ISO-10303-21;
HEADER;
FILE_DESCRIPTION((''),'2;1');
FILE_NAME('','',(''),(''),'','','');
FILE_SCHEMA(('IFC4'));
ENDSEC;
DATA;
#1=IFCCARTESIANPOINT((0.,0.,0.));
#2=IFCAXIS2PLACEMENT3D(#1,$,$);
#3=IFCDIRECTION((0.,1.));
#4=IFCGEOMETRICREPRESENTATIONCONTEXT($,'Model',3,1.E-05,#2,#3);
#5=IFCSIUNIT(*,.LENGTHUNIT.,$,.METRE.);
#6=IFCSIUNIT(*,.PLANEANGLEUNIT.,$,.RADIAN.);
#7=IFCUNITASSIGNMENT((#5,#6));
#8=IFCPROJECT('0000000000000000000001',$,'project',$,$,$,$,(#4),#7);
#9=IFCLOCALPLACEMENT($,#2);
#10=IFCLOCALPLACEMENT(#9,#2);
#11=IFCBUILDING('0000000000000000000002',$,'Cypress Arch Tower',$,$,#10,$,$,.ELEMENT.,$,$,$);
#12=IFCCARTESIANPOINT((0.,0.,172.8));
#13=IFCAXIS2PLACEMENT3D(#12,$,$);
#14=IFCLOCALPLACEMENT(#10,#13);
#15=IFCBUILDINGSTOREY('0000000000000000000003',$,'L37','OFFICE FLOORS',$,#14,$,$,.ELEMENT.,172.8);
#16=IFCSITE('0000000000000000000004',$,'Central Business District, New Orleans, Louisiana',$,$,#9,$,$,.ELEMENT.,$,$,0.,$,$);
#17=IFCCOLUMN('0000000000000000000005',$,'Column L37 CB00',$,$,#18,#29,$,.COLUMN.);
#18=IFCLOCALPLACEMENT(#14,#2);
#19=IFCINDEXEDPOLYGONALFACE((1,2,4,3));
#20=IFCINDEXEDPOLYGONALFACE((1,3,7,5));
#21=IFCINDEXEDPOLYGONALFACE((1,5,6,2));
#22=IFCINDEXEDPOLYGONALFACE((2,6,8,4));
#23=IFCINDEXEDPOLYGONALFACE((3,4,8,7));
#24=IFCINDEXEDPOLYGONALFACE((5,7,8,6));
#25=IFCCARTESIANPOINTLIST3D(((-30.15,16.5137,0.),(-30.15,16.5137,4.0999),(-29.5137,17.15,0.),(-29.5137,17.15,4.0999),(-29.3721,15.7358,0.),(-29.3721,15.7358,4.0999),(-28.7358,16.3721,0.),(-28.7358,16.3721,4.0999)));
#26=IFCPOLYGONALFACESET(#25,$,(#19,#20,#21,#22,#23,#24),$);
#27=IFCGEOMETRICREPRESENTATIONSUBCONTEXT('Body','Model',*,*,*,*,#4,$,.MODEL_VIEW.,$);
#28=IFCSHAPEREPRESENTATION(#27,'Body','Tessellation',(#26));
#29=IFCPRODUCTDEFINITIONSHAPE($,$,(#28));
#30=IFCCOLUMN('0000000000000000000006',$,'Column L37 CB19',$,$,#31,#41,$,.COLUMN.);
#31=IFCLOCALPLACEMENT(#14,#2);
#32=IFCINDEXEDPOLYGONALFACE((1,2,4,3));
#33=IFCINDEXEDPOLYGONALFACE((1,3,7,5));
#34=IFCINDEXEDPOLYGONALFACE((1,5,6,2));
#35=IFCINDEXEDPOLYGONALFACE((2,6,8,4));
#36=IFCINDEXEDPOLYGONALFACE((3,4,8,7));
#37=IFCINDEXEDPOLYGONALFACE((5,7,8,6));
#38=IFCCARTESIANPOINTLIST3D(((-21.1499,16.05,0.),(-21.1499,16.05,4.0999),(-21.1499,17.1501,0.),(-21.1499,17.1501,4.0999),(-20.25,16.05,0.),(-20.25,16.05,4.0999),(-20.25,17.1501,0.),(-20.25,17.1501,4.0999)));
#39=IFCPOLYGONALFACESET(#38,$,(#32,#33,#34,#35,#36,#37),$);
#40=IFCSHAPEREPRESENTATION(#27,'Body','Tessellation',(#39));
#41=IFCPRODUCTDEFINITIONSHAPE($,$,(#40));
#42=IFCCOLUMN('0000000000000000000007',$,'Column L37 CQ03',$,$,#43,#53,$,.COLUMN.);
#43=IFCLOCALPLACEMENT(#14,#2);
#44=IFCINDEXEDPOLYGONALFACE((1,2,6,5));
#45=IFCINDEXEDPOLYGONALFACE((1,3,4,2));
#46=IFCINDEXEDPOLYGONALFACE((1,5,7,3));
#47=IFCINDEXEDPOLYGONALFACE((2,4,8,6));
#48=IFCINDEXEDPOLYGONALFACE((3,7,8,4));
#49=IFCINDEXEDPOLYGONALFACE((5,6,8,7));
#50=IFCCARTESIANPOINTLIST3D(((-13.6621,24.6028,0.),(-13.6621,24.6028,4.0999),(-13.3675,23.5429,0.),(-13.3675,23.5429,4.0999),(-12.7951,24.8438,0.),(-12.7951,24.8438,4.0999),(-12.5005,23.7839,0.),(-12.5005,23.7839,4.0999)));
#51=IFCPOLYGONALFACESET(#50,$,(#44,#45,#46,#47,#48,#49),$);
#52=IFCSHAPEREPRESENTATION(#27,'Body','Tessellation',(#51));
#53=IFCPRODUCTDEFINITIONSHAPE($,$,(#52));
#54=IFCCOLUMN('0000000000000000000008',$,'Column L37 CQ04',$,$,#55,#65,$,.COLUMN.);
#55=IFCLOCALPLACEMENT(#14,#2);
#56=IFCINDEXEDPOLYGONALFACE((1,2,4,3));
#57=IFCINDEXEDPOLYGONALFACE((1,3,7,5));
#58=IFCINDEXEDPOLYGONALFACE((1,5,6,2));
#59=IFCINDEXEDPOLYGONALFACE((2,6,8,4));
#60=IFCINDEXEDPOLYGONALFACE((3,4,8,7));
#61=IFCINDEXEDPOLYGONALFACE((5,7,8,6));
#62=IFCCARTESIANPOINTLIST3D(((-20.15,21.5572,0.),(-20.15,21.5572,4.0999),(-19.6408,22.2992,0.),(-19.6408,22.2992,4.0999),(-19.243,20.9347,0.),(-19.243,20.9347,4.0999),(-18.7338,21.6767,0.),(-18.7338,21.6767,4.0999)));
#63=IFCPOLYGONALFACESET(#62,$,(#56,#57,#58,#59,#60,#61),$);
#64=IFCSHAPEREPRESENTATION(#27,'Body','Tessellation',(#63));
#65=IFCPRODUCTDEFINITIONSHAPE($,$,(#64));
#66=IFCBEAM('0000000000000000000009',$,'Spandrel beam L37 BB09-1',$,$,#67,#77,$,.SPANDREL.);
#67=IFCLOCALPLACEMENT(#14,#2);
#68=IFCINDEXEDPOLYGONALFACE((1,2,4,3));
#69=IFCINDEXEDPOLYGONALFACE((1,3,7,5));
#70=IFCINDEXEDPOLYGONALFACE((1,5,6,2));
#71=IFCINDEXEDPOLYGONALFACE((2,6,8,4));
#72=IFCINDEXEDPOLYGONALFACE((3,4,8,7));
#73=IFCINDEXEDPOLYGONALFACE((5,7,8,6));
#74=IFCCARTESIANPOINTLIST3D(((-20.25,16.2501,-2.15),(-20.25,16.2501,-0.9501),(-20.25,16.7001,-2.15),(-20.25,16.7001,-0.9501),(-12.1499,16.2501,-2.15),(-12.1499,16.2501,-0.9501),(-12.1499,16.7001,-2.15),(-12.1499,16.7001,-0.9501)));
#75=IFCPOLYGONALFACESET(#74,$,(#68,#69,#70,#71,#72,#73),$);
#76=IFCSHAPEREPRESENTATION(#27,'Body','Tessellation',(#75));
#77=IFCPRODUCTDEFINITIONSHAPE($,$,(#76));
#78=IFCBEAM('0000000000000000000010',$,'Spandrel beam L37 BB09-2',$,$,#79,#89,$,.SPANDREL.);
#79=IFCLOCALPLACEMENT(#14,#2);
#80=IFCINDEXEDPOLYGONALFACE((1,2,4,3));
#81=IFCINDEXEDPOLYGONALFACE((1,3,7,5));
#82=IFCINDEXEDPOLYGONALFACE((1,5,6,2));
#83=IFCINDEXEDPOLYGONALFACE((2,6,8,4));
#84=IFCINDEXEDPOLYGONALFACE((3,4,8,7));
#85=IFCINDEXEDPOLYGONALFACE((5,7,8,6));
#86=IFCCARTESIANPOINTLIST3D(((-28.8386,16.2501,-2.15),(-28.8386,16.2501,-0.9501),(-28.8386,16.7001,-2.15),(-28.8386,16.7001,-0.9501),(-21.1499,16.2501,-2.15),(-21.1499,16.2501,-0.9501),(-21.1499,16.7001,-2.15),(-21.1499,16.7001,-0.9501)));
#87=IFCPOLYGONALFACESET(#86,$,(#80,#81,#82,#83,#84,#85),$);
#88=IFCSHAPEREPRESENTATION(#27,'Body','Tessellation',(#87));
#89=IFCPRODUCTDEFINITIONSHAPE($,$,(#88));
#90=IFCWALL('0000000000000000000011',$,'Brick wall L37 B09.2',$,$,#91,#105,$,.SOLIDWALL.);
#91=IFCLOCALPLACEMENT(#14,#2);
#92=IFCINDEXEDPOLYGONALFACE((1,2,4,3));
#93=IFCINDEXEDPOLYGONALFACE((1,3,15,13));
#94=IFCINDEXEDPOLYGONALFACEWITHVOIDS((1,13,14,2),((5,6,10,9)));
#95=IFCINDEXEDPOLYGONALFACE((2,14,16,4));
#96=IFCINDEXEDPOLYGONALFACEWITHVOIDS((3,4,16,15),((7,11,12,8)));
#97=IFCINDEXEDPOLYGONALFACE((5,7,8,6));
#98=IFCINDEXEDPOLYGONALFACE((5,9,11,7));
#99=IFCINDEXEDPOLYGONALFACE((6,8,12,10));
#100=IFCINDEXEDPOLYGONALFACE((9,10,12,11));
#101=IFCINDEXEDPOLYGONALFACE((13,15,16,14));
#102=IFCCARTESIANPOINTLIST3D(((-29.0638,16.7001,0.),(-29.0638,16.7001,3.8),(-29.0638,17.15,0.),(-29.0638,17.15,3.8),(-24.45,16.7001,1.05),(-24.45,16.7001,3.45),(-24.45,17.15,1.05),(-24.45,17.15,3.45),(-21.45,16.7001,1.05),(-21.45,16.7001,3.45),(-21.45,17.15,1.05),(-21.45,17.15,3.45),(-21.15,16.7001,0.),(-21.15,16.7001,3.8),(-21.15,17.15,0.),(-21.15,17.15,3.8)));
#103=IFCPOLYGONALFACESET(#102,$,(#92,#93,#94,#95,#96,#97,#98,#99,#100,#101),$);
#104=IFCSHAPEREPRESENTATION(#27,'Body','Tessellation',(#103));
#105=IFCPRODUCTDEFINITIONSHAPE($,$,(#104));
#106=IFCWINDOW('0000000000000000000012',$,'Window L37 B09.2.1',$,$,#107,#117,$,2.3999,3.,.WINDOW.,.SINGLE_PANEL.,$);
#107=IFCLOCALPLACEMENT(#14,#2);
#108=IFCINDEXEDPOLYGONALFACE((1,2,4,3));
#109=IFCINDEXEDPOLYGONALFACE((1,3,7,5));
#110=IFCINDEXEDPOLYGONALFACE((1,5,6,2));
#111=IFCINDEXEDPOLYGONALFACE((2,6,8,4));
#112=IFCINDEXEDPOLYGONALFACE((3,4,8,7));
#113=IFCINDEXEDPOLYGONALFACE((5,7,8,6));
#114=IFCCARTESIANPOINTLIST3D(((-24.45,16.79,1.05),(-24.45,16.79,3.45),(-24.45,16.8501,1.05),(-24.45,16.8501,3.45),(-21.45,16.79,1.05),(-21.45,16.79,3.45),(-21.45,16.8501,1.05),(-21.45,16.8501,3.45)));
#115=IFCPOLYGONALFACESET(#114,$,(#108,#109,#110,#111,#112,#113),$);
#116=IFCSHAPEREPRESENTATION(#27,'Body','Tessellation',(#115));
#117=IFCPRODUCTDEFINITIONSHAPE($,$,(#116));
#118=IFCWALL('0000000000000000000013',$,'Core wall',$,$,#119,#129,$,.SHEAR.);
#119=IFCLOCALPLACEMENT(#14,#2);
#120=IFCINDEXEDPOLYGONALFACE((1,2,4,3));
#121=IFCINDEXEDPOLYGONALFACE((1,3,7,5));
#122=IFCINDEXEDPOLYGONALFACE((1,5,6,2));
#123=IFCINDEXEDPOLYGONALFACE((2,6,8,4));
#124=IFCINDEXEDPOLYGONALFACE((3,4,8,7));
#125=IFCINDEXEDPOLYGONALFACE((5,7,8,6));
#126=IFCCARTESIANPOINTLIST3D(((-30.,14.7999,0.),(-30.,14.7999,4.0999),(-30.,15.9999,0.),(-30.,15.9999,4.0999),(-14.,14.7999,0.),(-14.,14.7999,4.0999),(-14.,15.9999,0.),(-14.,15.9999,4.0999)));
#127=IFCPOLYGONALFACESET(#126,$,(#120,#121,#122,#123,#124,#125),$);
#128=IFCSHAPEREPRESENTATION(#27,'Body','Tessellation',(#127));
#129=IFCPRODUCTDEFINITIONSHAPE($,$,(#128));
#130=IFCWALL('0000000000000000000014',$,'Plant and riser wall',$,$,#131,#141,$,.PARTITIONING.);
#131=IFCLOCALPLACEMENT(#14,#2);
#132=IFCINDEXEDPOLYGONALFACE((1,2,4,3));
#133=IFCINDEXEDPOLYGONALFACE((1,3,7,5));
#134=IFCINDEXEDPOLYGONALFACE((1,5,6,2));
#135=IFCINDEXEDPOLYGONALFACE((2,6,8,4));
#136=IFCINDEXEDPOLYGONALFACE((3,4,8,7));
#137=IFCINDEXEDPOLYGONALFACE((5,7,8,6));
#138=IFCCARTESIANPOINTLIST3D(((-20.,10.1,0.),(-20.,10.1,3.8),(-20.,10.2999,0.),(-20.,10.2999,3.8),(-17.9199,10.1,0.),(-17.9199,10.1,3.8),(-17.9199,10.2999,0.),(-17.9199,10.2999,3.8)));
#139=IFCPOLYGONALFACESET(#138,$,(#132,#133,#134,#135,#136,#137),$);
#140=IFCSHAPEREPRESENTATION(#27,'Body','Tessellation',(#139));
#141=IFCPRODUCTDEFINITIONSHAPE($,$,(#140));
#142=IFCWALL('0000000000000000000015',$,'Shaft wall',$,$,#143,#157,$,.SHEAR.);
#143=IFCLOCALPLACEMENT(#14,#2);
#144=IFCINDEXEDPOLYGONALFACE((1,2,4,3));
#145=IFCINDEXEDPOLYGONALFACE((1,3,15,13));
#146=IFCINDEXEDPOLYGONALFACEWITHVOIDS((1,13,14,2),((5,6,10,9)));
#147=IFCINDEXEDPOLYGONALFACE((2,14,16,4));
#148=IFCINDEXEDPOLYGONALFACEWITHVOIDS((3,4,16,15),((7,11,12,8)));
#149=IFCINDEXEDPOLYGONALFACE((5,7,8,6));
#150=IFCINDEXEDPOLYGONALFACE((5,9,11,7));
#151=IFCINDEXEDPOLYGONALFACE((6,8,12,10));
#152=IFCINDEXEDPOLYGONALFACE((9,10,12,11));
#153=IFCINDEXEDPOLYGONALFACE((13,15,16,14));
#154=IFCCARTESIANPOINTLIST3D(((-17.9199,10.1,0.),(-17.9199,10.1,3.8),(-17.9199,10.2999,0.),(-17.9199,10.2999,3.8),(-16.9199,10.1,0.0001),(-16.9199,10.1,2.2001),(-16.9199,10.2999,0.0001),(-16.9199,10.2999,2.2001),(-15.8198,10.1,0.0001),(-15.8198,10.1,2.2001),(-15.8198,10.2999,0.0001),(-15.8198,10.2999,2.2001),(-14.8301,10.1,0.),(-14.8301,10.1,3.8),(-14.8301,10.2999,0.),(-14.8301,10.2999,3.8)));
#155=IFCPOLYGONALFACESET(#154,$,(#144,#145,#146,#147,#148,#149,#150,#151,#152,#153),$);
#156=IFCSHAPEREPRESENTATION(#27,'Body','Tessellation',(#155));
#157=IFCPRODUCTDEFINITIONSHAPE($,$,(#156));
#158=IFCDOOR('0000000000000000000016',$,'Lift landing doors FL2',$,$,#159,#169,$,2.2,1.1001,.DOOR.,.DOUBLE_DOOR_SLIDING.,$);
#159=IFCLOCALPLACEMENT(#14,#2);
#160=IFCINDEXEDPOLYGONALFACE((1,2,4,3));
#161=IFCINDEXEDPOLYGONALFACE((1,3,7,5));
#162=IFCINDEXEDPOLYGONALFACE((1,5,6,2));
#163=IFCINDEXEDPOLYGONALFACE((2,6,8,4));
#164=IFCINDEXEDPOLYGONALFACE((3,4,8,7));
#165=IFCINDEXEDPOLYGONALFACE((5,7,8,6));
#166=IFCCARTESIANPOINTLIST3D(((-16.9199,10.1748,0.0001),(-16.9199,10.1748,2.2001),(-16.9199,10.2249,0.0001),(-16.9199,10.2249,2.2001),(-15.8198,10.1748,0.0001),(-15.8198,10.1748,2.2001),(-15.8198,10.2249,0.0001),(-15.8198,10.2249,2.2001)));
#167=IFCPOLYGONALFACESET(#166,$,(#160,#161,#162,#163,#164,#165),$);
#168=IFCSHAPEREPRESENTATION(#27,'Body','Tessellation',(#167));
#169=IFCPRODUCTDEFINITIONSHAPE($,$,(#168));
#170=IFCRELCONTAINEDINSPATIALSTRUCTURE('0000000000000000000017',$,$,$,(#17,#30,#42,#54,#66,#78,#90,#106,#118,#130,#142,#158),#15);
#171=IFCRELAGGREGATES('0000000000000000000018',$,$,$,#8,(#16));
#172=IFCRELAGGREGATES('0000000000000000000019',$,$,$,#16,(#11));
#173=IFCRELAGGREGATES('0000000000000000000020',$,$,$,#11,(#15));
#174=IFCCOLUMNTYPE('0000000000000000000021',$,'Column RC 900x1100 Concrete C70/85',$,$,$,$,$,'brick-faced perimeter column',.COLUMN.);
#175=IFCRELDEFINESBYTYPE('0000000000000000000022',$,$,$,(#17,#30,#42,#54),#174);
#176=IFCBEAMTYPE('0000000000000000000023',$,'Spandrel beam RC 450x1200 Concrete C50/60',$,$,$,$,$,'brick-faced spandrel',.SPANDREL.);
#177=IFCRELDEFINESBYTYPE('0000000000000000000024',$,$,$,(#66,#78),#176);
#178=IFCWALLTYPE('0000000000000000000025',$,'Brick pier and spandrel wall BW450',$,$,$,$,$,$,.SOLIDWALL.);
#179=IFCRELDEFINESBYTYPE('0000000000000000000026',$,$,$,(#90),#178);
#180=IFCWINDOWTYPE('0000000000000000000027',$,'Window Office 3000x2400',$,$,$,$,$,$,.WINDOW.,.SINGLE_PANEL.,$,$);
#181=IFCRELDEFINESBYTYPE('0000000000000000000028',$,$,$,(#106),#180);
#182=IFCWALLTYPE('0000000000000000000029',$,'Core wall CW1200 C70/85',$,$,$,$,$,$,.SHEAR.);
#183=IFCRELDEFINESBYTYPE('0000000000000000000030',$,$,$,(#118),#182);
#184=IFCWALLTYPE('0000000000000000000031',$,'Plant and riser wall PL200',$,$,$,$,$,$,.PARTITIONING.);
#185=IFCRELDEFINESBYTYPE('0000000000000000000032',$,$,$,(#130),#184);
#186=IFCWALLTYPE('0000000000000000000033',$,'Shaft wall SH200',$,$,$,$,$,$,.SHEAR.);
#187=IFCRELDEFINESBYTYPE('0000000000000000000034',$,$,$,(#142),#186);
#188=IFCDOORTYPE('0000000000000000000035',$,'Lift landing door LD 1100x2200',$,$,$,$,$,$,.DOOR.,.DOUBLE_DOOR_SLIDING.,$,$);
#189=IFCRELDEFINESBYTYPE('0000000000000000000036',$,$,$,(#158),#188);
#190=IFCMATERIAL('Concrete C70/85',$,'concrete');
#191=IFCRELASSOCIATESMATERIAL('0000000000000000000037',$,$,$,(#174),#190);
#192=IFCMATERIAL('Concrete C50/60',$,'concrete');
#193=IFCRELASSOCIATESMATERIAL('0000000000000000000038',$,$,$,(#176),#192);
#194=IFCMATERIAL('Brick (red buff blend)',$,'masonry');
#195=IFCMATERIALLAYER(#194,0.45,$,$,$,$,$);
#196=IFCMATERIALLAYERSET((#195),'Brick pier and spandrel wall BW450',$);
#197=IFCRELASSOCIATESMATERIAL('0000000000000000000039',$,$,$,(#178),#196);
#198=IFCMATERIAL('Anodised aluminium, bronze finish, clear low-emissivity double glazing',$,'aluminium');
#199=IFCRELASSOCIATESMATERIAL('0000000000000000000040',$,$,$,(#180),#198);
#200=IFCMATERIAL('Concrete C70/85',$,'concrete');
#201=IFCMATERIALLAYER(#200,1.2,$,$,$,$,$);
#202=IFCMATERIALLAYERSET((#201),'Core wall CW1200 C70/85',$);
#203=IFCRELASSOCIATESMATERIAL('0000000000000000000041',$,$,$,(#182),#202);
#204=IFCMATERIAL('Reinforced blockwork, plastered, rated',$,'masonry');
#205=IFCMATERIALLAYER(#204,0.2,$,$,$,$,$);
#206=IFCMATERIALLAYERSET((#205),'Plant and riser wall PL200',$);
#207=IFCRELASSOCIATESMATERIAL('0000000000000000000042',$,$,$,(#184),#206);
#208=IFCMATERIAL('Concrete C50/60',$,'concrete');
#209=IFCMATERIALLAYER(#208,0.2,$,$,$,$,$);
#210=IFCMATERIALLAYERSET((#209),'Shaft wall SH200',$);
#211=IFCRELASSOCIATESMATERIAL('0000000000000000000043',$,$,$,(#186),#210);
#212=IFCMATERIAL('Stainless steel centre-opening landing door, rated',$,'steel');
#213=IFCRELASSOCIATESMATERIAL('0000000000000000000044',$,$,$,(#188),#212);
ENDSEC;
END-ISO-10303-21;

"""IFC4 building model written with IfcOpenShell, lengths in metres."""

from ifc_helpers import new_model, si_unit, direction, frame, frame_2d, origin, origin_2d, place, context, subcontext, project, spatial, rectangle, extrude, material, layer, layer_set, material_profile, profile_set, type_object, element, fill, save


model = new_model("IFC4")

# Units and contexts
model_context = context("Model", 3, precision=1e-05, world=origin(), true_north=direction((0.0, 1.0)))
body_context = subcontext(model_context, "Body", "Model", "MODEL_VIEW")
ifc_project = project(units=[si_unit("LENGTHUNIT", "METRE"), si_unit("PLANEANGLEUNIT", "RADIAN")], contexts=[model_context])

# Site, building, storey
site_placement = place(None, origin())
site = spatial("IfcSite", under=ifc_project, at=site_placement, Name="Central Business District, New Orleans, Louisiana", CompositionType="ELEMENT", RefElevation=0.0)
building_placement = place(site_placement, origin())
building = spatial("IfcBuilding", under=site, at=building_placement, Name="Cypress Arch Tower", CompositionType="ELEMENT")
storey_placement = place(building_placement, frame((0.0, 0.0, 172.8)))
storey = spatial("IfcBuildingStorey", under=building, at=storey_placement, Name="L37", Description="OFFICE FLOORS", CompositionType="ELEMENT", Elevation=172.8)

# Columns
ifc_material_1 = material(Name="Concrete C70/85", Category="concrete")
ifc_material_profile_1 = material_profile(ifc_material_1, rectangle(XDim=0.8999, YDim=1.1001, at=origin_2d()), Name="RC 900x1100")
ifc_profile_set_1 = profile_set([ifc_material_profile_1], Name="Concrete C70/85")
column_type = type_object("IfcColumnType", Name="Column RC 900x1100 Concrete C70/85", ElementType="brick-faced perimeter column", PredefinedType="COLUMN", material=ifc_profile_set_1)
for number, where, z_axis, x_axis, name in (
    (1, (-29.4429, 16.4429, 0.0), (0.0, 0.0, 1.0), (-0.707107, -0.707107, 0.0), "Column L37 CB00"),
    (2, (-20.7, 16.6001, 0.0), (0.0, 0.0, 1.0), (-1.0, 0.0, 0.0), "Column L37 CB19"),
    (3, (-13.0813, 24.1934, 0.0), (0.0, 0.0, 1.0), (-0.963456, -0.267868, 0.0), "Column L37 CQ03"),
    (4, (-19.4419, 21.6169, 0.0), (0.0, 0.0, 1.0), (-0.565893, -0.824479, 0.0), "Column L37 CQ04"),
):
    element("IfcColumn", number, at=place(storey_placement, frame(where, z_axis=z_axis, x_axis=x_axis)), inside=storey, type_object=column_type, Name=name, PredefinedType="COLUMN", context=body_context, shape_type="SweptSolid", body=[
        extrude(rectangle(XDim=0.8999, YDim=1.1001, at=origin_2d()), origin(), (0.0, 0.0, 1.0), 4.0999),
    ])

# Beams
ifc_material_2 = material(Name="Concrete C50/60", Category="concrete")
ifc_material_profile_2 = material_profile(ifc_material_2, rectangle(XDim=0.45, YDim=1.2, at=origin_2d()), Name="RC 450x1200")
ifc_profile_set_2 = profile_set([ifc_material_profile_2], Name="Concrete C50/60")
beam_type = type_object("IfcBeamType", Name="Spandrel beam RC 450x1200 Concrete C50/60", ElementType="brick-faced spandrel", PredefinedType="SPANDREL", material=ifc_profile_set_2)
beam_1_placement = place(storey_placement, frame((-12.1499, 16.4751, -1.55), z_axis=(-1.0, 0.0, 0.0), x_axis=(0.0, -1.0, 0.0)))
element("IfcBeam", 5, at=beam_1_placement, inside=storey, type_object=beam_type, Name="Spandrel beam L37 BB09-1", PredefinedType="SPANDREL", context=body_context, shape_type="SweptSolid", body=[
    extrude(rectangle(XDim=0.45, YDim=1.2, at=origin_2d()), origin(), (0.0, 0.0, 1.0), 8.1001),
])
beam_2_placement = place(storey_placement, frame((-21.1499, 16.4751, -1.55), z_axis=(-1.0, 0.0, 0.0), x_axis=(0.0, -1.0, 0.0)))
element("IfcBeam", 6, at=beam_2_placement, inside=storey, type_object=beam_type, Name="Spandrel beam L37 BB09-2", PredefinedType="SPANDREL", context=body_context, shape_type="SweptSolid", body=[
    extrude(rectangle(XDim=0.45, YDim=1.2, at=origin_2d()), origin(), (0.0, 0.0, 1.0), 7.6887),
])

# Wall, opening, window
ifc_material_3 = material(Name="Brick (red buff blend)", Category="masonry")
ifc_layer_1 = layer(ifc_material_3, 0.45)
ifc_layer_set_1 = layer_set([ifc_layer_1], Name="Brick pier and spandrel wall BW450")
wall_type_1 = type_object("IfcWallType", Name="Brick pier and spandrel wall BW450", PredefinedType="SOLIDWALL", material=ifc_layer_set_1)
wall_1_placement = place(storey_placement, frame((-21.1499, 16.925, 0.0), z_axis=(0.0, 0.0, 1.0), x_axis=(-1.0, 0.0, 0.0)))
wall_1 = element("IfcWall", 7, at=wall_1_placement, inside=storey, type_object=wall_type_1, Name="Brick wall L37 B09.2", PredefinedType="SOLIDWALL", context=body_context, shape_type="SweptSolid", body=[
    extrude(rectangle(XDim=7.9138, YDim=0.45, at=frame_2d((3.957, 0.0))), origin(), (0.0, 0.0, 1.0), 3.8),
])
opening_1_placement = place(wall_1_placement, frame((0.3, 0.0, 1.05)))
opening_1 = element("IfcOpeningElement", 8, at=opening_1_placement, cuts=wall_1, PredefinedType="OPENING", context=body_context, shape_type="SweptSolid", body=[
    extrude(rectangle(XDim=3.0, YDim=2.3999, at=frame_2d((1.5, 1.2))), frame((0.0, 0.2349, 0.0), z_axis=(0.0, -1.0, 0.0), x_axis=(1.0, 0.0, 0.0)), (0.0, 0.0, 1.0), 0.47),
])
ifc_material_4 = material(Name="Anodised aluminium, bronze finish, clear low-emissivity double glazing", Category="aluminium")
window_type = type_object("IfcWindowType", Name="Window Office 3000x2400", PartitioningType="SINGLE_PANEL", PredefinedType="WINDOW", material=ifc_material_4)
window_placement = place(opening_1_placement, origin())
window = element("IfcWindow", 9, at=window_placement, inside=storey, type_object=window_type, Name="Window L37 B09.2.1", OverallHeight=2.3999, OverallWidth=3.0, PartitioningType="SINGLE_PANEL", PredefinedType="WINDOW", context=body_context, shape_type="SweptSolid", body=[
    extrude(rectangle(XDim=3.0, YDim=2.3999, at=frame_2d((1.5, 1.2))), frame((0.0, 0.135, 0.0), z_axis=(0.0, -1.0, 0.0), x_axis=(1.0, 0.0, 0.0)), (0.0, 0.0, 1.0), 0.0601),
])
fill(opening_1, window)

# Walls
ifc_material_5 = material(Name="Concrete C70/85", Category="concrete")
ifc_layer_2 = layer(ifc_material_5, 1.2)
ifc_layer_set_2 = layer_set([ifc_layer_2], Name="Core wall CW1200 C70/85")
wall_type_2 = type_object("IfcWallType", Name="Core wall CW1200 C70/85", PredefinedType="SHEAR", material=ifc_layer_set_2)
wall_2_placement = place(storey_placement, frame((-30.0, 15.3999, 0.0), z_axis=(0.0, 0.0, 1.0), x_axis=(1.0, 0.0, 0.0)))
element("IfcWall", 10, at=wall_2_placement, inside=storey, type_object=wall_type_2, Name="Core wall", PredefinedType="SHEAR", context=body_context, shape_type="SweptSolid", body=[
    extrude(rectangle(XDim=16.0, YDim=1.2, at=frame_2d((8.0, 0.0))), origin(), (0.0, 0.0, 1.0), 4.0999),
])
ifc_material_6 = material(Name="Reinforced blockwork, plastered, rated", Category="masonry")
ifc_layer_3 = layer(ifc_material_6, 0.2)
ifc_layer_set_3 = layer_set([ifc_layer_3], Name="Plant and riser wall PL200")
wall_type_3 = type_object("IfcWallType", Name="Plant and riser wall PL200", PredefinedType="PARTITIONING", material=ifc_layer_set_3)
wall_3_placement = place(storey_placement, frame((-20.0, 10.2, 0.0), z_axis=(0.0, 0.0, 1.0), x_axis=(1.0, 0.0, 0.0)))
element("IfcWall", 11, at=wall_3_placement, inside=storey, type_object=wall_type_3, Name="Plant and riser wall", PredefinedType="PARTITIONING", context=body_context, shape_type="SweptSolid", body=[
    extrude(rectangle(XDim=2.0801, YDim=0.2, at=frame_2d((1.04, 0.0))), origin(), (0.0, 0.0, 1.0), 3.8),
])

# Wall, opening, door
ifc_material_7 = material(Name="Concrete C50/60", Category="concrete")
ifc_layer_4 = layer(ifc_material_7, 0.2)
ifc_layer_set_4 = layer_set([ifc_layer_4], Name="Shaft wall SH200")
wall_type_4 = type_object("IfcWallType", Name="Shaft wall SH200", PredefinedType="SHEAR", material=ifc_layer_set_4)
wall_4_placement = place(storey_placement, frame((-17.9199, 10.2, 0.0), z_axis=(0.0, 0.0, 1.0), x_axis=(1.0, 0.0, 0.0)))
wall_4 = element("IfcWall", 12, at=wall_4_placement, inside=storey, type_object=wall_type_4, Name="Shaft wall", PredefinedType="SHEAR", context=body_context, shape_type="SweptSolid", body=[
    extrude(rectangle(XDim=3.0898, YDim=0.2, at=frame_2d((1.5449, 0.0))), origin(), (0.0, 0.0, 1.0), 3.8),
])
opening_2_placement = place(wall_4_placement, frame((1.0, 0.0, 0.0)))
opening_2 = element("IfcOpeningElement", 13, at=opening_2_placement, cuts=wall_4, PredefinedType="OPENING", context=body_context, shape_type="SweptSolid", body=[
    extrude(rectangle(XDim=1.1001, YDim=2.2, at=frame_2d((0.55, 1.1001))), frame((0.0, 0.1099, 0.0), z_axis=(0.0, -1.0, 0.0), x_axis=(1.0, 0.0, 0.0)), (0.0, 0.0, 1.0), 0.22),
])
ifc_material_8 = material(Name="Stainless steel centre-opening landing door, rated", Category="steel")
door_type_1 = type_object("IfcDoorType", Name="Lift landing door LD 1100x2200", OperationType="DOUBLE_DOOR_SLIDING", PredefinedType="DOOR", material=ifc_material_8)
door_1_placement = place(opening_2_placement, origin())
door_1 = element("IfcDoor", 14, at=door_1_placement, inside=storey, type_object=door_type_1, Name="Lift landing doors FL2", OperationType="DOUBLE_DOOR_SLIDING", OverallHeight=2.2, OverallWidth=1.1001, PredefinedType="DOOR", context=body_context, shape_type="SweptSolid", body=[
    extrude(rectangle(XDim=1.1001, YDim=2.2, at=frame_2d((0.55, 1.1001))), frame((0.0, 0.0249, 0.0), z_axis=(0.0, -1.0, 0.0), x_axis=(1.0, 0.0, 0.0)), (0.0, 0.0, 1.0), 0.05),
])
fill(opening_2, door_1)

save(model, "model.ifc")
